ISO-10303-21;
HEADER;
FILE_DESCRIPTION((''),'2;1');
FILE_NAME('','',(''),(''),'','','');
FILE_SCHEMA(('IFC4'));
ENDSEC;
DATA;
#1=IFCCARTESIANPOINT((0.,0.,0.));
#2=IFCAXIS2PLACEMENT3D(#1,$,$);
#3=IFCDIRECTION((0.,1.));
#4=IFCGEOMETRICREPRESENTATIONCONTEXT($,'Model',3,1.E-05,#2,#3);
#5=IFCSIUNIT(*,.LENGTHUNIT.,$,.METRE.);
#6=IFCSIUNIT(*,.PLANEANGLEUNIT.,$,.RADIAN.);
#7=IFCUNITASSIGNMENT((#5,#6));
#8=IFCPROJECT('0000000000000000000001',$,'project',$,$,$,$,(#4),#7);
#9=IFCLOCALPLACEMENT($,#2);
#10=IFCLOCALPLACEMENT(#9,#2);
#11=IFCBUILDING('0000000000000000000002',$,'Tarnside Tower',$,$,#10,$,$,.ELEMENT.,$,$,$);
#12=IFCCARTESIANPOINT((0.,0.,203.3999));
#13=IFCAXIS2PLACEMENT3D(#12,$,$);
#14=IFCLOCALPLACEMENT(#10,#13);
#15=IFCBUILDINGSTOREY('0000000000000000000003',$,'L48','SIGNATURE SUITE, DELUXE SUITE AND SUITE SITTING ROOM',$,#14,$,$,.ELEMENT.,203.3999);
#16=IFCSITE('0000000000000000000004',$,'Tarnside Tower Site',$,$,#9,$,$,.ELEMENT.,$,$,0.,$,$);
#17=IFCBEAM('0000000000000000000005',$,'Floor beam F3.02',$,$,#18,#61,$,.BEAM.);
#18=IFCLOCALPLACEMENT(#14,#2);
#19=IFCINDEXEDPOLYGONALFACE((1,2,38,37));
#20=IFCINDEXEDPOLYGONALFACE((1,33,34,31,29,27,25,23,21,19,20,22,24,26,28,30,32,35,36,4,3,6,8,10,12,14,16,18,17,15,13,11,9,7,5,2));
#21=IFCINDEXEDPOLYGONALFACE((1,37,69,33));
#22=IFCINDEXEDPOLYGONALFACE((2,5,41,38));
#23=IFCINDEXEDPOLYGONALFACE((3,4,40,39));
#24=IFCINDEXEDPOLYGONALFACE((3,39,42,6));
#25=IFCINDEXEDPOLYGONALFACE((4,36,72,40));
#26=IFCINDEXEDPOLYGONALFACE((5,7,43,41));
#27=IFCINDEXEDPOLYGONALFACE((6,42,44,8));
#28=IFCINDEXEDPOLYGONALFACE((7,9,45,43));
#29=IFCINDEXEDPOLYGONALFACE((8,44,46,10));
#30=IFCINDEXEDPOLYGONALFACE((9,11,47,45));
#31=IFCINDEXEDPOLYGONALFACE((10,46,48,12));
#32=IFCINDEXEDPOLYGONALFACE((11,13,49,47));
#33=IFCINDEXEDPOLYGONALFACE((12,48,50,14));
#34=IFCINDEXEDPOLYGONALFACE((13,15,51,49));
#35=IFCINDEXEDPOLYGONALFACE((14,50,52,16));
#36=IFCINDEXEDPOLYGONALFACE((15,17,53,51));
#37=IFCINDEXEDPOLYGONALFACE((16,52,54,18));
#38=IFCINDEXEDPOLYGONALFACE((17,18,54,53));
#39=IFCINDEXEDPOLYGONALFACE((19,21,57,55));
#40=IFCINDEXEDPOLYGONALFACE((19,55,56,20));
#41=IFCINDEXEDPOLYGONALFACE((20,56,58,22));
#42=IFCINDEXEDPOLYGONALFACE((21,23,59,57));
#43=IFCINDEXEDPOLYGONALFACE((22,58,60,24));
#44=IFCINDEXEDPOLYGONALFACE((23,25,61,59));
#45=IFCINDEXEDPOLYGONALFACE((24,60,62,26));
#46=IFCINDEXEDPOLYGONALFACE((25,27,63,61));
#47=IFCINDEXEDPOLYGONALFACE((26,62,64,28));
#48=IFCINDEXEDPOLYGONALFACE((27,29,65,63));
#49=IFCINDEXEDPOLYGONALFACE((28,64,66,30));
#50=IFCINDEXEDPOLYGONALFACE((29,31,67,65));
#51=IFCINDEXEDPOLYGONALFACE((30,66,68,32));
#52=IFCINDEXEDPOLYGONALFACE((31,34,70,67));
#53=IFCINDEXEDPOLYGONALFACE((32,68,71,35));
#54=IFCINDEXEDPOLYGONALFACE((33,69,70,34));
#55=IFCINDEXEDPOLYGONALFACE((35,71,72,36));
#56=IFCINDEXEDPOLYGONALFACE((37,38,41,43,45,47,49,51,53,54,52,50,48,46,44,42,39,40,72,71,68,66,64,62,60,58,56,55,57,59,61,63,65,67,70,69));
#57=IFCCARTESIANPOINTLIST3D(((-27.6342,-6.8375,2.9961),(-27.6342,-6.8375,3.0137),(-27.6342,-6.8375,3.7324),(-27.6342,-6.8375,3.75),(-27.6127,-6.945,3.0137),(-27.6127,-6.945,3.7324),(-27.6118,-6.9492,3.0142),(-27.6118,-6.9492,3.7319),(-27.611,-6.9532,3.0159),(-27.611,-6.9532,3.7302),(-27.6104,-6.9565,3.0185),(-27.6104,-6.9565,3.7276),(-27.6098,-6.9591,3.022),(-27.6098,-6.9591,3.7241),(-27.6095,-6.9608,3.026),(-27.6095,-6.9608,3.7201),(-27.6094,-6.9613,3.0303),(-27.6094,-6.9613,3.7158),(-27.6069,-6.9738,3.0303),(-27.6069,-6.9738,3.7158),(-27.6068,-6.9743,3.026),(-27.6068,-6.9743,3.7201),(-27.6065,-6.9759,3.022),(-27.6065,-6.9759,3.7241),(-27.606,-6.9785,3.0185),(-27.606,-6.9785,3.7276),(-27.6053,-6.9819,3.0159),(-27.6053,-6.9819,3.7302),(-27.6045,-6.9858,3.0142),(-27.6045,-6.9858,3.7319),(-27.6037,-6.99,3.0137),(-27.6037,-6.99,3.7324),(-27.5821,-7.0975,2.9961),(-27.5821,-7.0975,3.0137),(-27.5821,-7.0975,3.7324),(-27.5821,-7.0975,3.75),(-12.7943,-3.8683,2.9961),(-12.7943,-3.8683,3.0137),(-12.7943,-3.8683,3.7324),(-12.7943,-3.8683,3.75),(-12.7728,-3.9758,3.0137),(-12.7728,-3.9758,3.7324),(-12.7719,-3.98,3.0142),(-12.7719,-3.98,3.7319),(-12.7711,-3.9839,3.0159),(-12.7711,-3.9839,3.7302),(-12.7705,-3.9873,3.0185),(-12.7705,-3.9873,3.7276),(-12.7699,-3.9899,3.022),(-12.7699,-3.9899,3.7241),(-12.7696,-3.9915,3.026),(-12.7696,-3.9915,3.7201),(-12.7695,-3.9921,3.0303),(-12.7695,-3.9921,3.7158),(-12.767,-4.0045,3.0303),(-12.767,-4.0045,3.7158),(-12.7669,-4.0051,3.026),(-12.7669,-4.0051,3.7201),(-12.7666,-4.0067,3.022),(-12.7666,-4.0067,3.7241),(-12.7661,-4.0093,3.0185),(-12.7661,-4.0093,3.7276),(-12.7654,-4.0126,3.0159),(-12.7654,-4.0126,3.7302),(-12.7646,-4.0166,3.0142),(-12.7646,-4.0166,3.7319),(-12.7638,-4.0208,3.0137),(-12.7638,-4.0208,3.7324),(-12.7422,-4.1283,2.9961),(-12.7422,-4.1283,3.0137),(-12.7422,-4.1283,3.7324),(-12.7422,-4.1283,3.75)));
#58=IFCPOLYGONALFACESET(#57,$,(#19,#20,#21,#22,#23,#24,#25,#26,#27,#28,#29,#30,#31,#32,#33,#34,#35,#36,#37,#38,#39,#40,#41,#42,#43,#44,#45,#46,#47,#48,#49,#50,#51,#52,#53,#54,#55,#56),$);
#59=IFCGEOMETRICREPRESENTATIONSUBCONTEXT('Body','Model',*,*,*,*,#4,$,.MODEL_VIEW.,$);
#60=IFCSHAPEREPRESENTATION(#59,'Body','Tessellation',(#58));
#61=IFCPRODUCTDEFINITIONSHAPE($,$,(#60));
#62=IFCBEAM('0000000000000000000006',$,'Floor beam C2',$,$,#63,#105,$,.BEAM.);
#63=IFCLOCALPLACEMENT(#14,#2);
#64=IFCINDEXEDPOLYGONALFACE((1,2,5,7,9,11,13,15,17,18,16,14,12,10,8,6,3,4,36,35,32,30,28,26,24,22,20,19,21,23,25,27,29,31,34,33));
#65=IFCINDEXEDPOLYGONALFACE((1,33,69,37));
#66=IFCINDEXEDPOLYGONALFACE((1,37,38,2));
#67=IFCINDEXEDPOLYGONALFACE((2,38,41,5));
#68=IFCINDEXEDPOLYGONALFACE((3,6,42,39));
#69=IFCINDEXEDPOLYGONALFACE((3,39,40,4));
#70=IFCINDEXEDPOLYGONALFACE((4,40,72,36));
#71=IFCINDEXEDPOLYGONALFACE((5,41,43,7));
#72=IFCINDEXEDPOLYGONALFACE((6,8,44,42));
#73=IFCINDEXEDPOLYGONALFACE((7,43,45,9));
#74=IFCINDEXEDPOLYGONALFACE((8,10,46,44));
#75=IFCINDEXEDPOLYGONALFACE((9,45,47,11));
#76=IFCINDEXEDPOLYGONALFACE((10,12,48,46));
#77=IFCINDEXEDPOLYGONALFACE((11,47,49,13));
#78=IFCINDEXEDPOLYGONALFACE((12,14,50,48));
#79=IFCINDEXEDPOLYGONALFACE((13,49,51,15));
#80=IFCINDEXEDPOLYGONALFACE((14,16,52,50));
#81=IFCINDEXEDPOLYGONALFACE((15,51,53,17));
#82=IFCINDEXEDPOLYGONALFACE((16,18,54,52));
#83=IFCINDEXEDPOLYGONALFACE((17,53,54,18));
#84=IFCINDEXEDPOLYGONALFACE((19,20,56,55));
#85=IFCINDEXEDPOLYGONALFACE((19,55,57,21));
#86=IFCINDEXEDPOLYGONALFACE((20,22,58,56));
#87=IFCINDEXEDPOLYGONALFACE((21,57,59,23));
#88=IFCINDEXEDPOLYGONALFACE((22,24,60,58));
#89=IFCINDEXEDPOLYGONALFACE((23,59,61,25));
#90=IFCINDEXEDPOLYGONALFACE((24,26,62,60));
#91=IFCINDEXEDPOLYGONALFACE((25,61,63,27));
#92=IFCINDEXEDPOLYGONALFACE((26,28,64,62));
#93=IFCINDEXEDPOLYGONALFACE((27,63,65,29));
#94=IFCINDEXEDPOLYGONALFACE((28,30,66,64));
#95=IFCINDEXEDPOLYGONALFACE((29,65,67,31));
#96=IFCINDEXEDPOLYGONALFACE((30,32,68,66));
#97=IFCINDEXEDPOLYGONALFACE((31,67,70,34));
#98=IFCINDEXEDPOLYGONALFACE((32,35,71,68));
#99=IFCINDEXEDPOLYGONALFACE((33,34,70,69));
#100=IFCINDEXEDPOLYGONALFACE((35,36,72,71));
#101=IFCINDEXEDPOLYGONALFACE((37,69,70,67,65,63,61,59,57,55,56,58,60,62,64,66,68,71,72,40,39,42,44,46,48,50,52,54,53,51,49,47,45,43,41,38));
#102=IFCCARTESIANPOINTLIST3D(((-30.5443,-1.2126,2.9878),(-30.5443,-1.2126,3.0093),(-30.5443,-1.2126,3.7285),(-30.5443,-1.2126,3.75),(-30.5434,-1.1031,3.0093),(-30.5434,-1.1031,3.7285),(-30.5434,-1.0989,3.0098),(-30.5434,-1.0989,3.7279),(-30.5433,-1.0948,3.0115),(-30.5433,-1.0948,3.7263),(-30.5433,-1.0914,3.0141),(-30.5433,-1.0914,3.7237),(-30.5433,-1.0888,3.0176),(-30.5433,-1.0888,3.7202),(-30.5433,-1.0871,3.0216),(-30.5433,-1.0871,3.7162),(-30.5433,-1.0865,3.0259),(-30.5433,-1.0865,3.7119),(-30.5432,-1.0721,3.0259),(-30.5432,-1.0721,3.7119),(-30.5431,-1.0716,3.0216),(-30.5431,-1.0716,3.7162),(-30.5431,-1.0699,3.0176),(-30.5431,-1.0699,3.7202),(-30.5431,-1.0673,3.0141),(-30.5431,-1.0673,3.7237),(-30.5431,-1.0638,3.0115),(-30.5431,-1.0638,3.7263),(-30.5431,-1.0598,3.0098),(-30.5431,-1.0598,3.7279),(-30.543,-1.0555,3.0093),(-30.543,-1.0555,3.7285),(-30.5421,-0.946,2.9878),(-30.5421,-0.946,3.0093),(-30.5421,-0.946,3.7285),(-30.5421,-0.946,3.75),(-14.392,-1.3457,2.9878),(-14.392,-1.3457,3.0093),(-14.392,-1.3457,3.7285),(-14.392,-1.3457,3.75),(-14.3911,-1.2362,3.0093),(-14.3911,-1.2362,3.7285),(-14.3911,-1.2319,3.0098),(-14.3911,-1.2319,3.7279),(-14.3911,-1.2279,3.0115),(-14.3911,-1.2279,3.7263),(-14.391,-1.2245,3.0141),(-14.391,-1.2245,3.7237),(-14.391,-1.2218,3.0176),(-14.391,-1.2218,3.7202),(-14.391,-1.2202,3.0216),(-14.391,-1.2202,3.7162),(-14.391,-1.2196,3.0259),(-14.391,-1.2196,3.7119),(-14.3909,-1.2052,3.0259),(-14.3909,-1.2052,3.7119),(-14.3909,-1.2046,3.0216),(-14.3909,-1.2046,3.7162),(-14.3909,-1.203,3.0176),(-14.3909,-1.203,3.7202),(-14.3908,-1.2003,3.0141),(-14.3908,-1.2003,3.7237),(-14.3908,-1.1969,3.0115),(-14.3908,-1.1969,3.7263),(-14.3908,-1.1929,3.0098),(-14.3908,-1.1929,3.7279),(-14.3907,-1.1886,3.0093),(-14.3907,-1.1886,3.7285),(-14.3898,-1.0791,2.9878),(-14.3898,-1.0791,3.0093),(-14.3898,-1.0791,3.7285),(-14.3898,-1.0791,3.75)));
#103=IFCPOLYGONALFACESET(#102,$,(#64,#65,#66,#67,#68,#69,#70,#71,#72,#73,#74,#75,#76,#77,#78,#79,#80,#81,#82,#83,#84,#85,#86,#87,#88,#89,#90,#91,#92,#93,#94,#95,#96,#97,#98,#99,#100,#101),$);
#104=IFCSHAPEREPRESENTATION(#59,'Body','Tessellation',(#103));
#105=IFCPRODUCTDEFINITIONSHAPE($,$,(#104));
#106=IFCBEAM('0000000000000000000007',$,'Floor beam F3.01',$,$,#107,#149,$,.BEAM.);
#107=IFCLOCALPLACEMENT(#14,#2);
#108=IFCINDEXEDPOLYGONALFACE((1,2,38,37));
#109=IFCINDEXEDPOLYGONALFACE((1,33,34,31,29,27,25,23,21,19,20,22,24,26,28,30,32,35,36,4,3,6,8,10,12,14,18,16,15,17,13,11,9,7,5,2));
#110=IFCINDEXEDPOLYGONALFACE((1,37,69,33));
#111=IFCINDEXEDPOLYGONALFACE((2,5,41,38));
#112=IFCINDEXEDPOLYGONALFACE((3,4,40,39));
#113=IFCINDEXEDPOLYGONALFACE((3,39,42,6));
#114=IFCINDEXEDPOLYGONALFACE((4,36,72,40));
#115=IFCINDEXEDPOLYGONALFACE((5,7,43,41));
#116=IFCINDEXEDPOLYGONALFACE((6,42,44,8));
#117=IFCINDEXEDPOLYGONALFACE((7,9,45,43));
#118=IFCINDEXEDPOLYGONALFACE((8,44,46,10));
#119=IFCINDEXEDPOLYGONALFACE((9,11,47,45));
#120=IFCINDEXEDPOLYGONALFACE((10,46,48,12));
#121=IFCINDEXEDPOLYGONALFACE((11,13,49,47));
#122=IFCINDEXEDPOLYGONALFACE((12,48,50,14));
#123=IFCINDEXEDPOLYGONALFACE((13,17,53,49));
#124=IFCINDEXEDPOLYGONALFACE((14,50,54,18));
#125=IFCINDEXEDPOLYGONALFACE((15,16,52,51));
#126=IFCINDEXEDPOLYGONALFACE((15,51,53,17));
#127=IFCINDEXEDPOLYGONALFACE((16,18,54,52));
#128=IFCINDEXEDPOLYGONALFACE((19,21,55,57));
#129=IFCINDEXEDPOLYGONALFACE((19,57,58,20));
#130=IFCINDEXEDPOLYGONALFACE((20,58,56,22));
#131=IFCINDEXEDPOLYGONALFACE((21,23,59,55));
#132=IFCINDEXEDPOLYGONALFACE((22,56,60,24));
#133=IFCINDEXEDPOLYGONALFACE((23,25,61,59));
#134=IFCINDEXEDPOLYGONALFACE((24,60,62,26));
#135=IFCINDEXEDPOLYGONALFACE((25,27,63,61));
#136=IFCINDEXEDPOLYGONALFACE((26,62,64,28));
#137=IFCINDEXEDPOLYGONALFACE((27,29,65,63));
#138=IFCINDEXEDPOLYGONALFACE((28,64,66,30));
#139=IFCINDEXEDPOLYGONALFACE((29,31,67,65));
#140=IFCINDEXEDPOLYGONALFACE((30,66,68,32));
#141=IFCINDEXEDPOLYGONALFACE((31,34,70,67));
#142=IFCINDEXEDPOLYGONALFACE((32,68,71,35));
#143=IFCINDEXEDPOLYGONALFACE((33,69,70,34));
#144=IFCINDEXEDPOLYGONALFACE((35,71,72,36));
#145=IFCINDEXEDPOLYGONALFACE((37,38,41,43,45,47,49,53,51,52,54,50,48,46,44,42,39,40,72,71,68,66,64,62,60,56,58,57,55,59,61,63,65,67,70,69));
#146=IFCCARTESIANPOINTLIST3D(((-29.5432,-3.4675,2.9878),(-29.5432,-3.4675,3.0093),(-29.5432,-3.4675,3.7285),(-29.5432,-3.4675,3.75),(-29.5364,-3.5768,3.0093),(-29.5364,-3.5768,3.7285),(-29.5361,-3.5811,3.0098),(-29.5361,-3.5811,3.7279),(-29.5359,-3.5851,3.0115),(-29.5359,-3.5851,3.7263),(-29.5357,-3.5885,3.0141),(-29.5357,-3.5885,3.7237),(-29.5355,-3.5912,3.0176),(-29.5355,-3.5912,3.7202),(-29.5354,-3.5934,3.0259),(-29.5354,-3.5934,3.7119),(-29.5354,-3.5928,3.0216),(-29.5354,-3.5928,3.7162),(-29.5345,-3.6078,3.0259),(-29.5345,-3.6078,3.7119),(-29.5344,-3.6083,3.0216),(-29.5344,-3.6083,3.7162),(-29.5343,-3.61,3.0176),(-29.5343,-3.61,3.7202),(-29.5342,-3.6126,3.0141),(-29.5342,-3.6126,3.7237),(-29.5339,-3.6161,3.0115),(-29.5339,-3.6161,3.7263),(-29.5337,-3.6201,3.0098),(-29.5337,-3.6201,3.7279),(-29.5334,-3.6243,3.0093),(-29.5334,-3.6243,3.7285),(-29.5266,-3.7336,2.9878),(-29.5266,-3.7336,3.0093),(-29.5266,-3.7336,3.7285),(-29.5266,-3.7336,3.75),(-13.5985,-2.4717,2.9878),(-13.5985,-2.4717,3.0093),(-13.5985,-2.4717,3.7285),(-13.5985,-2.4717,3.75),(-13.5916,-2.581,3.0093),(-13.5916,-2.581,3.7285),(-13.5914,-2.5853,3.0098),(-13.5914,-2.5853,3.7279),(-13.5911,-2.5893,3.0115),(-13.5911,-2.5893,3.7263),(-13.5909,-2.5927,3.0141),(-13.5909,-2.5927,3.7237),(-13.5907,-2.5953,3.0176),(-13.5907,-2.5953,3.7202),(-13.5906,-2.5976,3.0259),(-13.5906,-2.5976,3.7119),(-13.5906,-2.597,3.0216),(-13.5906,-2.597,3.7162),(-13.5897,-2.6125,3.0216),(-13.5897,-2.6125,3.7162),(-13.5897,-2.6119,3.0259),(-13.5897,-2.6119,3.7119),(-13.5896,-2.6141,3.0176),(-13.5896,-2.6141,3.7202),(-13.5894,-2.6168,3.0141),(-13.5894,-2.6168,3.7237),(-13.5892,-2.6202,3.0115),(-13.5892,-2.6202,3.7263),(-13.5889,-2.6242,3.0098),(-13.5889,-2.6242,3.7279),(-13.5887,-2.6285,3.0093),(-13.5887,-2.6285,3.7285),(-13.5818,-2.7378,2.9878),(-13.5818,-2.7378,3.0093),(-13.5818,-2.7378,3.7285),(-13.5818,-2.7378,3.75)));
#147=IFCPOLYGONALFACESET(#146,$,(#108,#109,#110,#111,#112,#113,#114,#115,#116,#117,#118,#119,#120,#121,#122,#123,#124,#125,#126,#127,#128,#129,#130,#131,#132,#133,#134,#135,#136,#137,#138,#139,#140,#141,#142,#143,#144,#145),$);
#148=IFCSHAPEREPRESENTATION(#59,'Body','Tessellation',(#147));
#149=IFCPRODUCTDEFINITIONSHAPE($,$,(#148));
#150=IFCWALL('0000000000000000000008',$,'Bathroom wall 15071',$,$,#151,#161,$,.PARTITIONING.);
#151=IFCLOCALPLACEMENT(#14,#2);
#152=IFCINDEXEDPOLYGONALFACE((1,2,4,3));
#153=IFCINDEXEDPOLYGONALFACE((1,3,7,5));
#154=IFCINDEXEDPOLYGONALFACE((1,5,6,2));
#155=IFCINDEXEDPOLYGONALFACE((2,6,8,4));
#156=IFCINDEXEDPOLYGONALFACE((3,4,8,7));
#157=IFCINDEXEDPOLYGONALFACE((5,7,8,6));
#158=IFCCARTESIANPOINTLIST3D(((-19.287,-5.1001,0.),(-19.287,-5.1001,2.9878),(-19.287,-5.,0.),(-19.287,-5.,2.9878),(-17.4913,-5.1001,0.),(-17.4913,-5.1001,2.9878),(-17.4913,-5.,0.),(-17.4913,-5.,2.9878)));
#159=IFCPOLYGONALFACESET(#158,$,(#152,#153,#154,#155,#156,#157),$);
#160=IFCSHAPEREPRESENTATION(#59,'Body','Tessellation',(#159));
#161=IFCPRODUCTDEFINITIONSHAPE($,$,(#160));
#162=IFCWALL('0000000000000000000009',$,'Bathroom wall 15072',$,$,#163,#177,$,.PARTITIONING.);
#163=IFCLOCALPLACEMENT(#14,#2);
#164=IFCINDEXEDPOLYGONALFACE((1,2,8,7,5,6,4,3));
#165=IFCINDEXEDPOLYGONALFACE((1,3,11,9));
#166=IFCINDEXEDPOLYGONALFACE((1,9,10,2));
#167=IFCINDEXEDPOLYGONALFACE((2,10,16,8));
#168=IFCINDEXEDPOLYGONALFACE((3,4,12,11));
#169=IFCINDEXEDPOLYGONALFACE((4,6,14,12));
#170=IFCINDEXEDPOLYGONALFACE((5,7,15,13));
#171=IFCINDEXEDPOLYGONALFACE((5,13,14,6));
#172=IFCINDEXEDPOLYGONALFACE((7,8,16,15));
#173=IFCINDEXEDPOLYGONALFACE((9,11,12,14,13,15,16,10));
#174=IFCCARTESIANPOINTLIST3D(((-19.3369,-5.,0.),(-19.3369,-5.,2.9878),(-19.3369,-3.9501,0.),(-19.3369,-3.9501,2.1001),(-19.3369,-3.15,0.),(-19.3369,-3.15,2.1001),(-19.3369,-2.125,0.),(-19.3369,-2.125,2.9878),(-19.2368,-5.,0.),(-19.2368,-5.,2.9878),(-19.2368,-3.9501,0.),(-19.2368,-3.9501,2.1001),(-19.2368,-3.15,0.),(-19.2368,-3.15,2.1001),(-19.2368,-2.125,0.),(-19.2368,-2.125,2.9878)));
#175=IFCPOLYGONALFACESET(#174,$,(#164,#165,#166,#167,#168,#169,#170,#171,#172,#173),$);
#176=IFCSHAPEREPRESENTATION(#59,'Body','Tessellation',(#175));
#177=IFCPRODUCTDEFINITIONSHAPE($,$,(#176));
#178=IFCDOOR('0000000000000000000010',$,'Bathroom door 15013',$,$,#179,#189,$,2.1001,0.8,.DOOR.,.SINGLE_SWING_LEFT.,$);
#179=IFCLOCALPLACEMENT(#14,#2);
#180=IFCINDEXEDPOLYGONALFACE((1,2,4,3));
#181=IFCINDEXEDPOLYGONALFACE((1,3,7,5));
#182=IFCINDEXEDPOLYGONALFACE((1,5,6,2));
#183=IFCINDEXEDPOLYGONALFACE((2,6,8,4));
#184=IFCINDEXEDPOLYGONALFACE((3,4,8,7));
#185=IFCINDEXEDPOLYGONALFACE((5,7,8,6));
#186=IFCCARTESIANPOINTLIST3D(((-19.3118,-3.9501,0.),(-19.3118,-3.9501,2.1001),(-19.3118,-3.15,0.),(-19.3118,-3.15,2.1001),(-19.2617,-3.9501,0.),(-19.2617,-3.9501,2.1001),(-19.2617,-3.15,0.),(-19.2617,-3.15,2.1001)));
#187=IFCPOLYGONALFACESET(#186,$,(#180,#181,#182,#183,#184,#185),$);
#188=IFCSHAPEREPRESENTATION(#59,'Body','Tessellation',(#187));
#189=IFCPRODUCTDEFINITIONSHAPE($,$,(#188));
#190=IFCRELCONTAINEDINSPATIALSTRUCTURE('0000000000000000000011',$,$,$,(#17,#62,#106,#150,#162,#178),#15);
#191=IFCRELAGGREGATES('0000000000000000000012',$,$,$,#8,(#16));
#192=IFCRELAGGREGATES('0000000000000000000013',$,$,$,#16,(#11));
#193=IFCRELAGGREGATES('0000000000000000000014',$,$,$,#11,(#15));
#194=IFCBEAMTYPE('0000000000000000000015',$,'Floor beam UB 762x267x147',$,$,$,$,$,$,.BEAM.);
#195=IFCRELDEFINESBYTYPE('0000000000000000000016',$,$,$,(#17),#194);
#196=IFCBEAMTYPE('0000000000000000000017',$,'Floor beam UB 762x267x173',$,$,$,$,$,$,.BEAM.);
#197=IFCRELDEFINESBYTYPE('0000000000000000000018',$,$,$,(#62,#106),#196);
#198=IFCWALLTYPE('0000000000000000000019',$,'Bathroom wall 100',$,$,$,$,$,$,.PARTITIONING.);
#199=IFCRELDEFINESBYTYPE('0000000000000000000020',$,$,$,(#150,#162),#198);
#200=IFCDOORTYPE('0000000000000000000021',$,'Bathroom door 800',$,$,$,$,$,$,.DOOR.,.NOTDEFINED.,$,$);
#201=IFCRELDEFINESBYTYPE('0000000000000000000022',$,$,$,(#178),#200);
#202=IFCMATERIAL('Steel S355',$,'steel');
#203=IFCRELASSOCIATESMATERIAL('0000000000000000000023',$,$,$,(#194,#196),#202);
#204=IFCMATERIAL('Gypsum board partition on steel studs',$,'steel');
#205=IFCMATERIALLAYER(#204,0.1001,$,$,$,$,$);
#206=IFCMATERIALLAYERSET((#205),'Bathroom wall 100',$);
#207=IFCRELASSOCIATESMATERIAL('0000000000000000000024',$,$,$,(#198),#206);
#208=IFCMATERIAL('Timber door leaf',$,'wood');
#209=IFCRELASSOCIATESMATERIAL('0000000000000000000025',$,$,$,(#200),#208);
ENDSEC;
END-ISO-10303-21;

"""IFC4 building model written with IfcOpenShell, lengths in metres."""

from ifc_helpers import new_model, si_unit, direction, frame, frame_2d, origin, origin_2d, place, context, subcontext, project, spatial, rectangle, i_section, extrude, material, layer, layer_set, material_profile, profile_set, type_object, element, fill, save


model = new_model("IFC4")

# Units and contexts
model_context = context("Model", 3, precision=1e-05, world=origin(), true_north=direction((0.0, 1.0)))
body_context = subcontext(model_context, "Body", "Model", "MODEL_VIEW")
ifc_project = project(units=[si_unit("LENGTHUNIT", "METRE"), si_unit("PLANEANGLEUNIT", "RADIAN")], contexts=[model_context])

# Site, building, storey
site_placement = place(None, origin())
site = spatial("IfcSite", under=ifc_project, at=site_placement, Name="Tarnside Tower Site", CompositionType="ELEMENT", RefElevation=0.0)
building_placement = place(site_placement, origin())
building = spatial("IfcBuilding", under=site, at=building_placement, Name="Tarnside Tower", CompositionType="ELEMENT")
storey_placement = place(building_placement, frame((0.0, 0.0, 203.3999)))
storey = spatial("IfcBuildingStorey", under=building, at=storey_placement, Name="L48", Description="SIGNATURE SUITE, DELUXE SUITE AND SUITE SITTING ROOM", CompositionType="ELEMENT", Elevation=203.3999)

# Beams
ifc_material_1 = material(Name="Steel S355", Category="steel")
ifc_material_profile_1 = material_profile(ifc_material_1, i_section(OverallWidth=0.2651, OverallDepth=0.7539, WebThickness=0.0127, FlangeThickness=0.0176, FilletRadius=0.0166, at=origin_2d()), Name="UB 762x267x147")
ifc_profile_set_1 = profile_set([ifc_material_profile_1], Name="Steel S355")
beam_type_1 = type_object("IfcBeamType", Name="Floor beam UB 762x267x147", PredefinedType="BEAM", material=ifc_profile_set_1)
beam_1_placement = place(storey_placement, frame((-27.6082, -6.9675, 3.373), z_axis=(0.980565, 0.196197, 0.0), x_axis=(-0.196197, 0.980565, 0.0)))
element("IfcBeam", 1, at=beam_1_placement, inside=storey, type_object=beam_type_1, Name="Floor beam F3.02", PredefinedType="BEAM", context=body_context, shape_type="SweptSolid", body=[
    extrude(i_section(OverallWidth=0.2651, OverallDepth=0.7539, WebThickness=0.0127, FlangeThickness=0.0176, FilletRadius=0.0166, at=origin_2d()), origin(), (0.0, 0.0, 1.0), 15.134),
])
ifc_material_profile_2 = material_profile(ifc_material_1, i_section(OverallWidth=0.2666, OverallDepth=0.7622, WebThickness=0.0144, FlangeThickness=0.0215, FilletRadius=0.0166, at=origin_2d()), Name="UB 762x267x173")
ifc_profile_set_2 = profile_set([ifc_material_profile_2], Name="Steel S355")
beam_type_2 = type_object("IfcBeamType", Name="Floor beam UB 762x267x173", PredefinedType="BEAM", material=ifc_profile_set_2)
beam_2_placement = place(storey_placement, frame((-30.5432, -1.0793, 3.3689), z_axis=(0.999966, -0.008237, 0.0), x_axis=(0.008237, 0.999966, 0.0)))
element("IfcBeam", 2, at=beam_2_placement, inside=storey, type_object=beam_type_2, Name="Floor beam C2", PredefinedType="BEAM", context=body_context, shape_type="SweptSolid", body=[
    extrude(i_section(OverallWidth=0.2666, OverallDepth=0.7622, WebThickness=0.0144, FlangeThickness=0.0215, FilletRadius=0.0166, at=origin_2d()), origin(), (0.0, 0.0, 1.0), 16.1528),
])
beam_3_placement = place(storey_placement, frame((-29.5349, -3.6006, 3.3689), z_axis=(0.998055, 0.062335, 0.0), x_axis=(-0.062335, 0.998055, 0.0)))
element("IfcBeam", 3, at=beam_3_placement, inside=storey, type_object=beam_type_2, Name="Floor beam F3.01", PredefinedType="BEAM", context=body_context, shape_type="SweptSolid", body=[
    extrude(i_section(OverallWidth=0.2666, OverallDepth=0.7622, WebThickness=0.0144, FlangeThickness=0.0215, FilletRadius=0.0166, at=origin_2d()), origin(), (0.0, 0.0, 1.0), 15.9758),
])

# Wall
ifc_material_2 = material(Name="Gypsum board partition on steel studs", Category="steel")
ifc_layer_1 = layer(ifc_material_2, 0.1001)
ifc_layer_set_1 = layer_set([ifc_layer_1], Name="Bathroom wall 100")
wall_type_1 = type_object("IfcWallType", Name="Bathroom wall 100", PredefinedType="PARTITIONING", material=ifc_layer_set_1)
wall_1_placement = place(storey_placement, frame((-17.4912, -5.05, 0.0), z_axis=(0.0, 0.0, 1.0), x_axis=(-1.0, 0.0, 0.0)))
element("IfcWall", 4, at=wall_1_placement, inside=storey, type_object=wall_type_1, Name="Bathroom wall 15071", PredefinedType="PARTITIONING", context=body_context, shape_type="SweptSolid", body=[
    extrude(rectangle(XDim=1.7957, YDim=0.1001, at=frame_2d((0.8979, 0.0))), origin(), (0.0, 0.0, 1.0), 2.9878),
])

# Wall, opening, door
wall_2_placement = place(storey_placement, frame((-19.2869, -5.0, 0.0), z_axis=(0.0, 0.0, 1.0), x_axis=(0.0, 1.0, 0.0)))
wall_2 = element("IfcWall", 5, at=wall_2_placement, inside=storey, type_object=wall_type_1, Name="Bathroom wall 15072", PredefinedType="PARTITIONING", context=body_context, shape_type="SweptSolid", body=[
    extrude(rectangle(XDim=2.875, YDim=0.1001, at=frame_2d((1.4375, 0.0))), origin(), (0.0, 0.0, 1.0), 2.9878),
])
opening_1_placement = place(wall_2_placement, frame((1.05, 0.0, 0.0)))
opening_1 = element("IfcOpeningElement", 6, at=opening_1_placement, cuts=wall_2, PredefinedType="OPENING", context=body_context, shape_type="SweptSolid", body=[
    extrude(rectangle(XDim=0.8, YDim=2.1001, at=frame_2d((0.3999, 1.05))), frame((0.0, 0.0601, 0.0), z_axis=(0.0, -1.0, 0.0), x_axis=(1.0, 0.0, 0.0)), (0.0, 0.0, 1.0), 0.1201),
])
ifc_material_3 = material(Name="Timber door leaf", Category="wood")
door_type_1 = type_object("IfcDoorType", Name="Bathroom door 800", OperationType="NOTDEFINED", PredefinedType="DOOR", material=ifc_material_3)
door_1_placement = place(opening_1_placement, origin())
door_1 = element("IfcDoor", 7, at=door_1_placement, inside=storey, type_object=door_type_1, Name="Bathroom door 15013", OperationType="SINGLE_SWING_LEFT", OverallHeight=2.1001, OverallWidth=0.8, PredefinedType="DOOR", context=body_context, shape_type="SweptSolid", body=[
    extrude(rectangle(XDim=0.8, YDim=2.1001, at=frame_2d((0.3999, 1.05))), frame((0.0, 0.0249, 0.0), z_axis=(0.0, -1.0, 0.0), x_axis=(1.0, 0.0, 0.0)), (0.0, 0.0, 1.0), 0.05),
])
fill(opening_1, door_1)

save(model, "model.ifc")
